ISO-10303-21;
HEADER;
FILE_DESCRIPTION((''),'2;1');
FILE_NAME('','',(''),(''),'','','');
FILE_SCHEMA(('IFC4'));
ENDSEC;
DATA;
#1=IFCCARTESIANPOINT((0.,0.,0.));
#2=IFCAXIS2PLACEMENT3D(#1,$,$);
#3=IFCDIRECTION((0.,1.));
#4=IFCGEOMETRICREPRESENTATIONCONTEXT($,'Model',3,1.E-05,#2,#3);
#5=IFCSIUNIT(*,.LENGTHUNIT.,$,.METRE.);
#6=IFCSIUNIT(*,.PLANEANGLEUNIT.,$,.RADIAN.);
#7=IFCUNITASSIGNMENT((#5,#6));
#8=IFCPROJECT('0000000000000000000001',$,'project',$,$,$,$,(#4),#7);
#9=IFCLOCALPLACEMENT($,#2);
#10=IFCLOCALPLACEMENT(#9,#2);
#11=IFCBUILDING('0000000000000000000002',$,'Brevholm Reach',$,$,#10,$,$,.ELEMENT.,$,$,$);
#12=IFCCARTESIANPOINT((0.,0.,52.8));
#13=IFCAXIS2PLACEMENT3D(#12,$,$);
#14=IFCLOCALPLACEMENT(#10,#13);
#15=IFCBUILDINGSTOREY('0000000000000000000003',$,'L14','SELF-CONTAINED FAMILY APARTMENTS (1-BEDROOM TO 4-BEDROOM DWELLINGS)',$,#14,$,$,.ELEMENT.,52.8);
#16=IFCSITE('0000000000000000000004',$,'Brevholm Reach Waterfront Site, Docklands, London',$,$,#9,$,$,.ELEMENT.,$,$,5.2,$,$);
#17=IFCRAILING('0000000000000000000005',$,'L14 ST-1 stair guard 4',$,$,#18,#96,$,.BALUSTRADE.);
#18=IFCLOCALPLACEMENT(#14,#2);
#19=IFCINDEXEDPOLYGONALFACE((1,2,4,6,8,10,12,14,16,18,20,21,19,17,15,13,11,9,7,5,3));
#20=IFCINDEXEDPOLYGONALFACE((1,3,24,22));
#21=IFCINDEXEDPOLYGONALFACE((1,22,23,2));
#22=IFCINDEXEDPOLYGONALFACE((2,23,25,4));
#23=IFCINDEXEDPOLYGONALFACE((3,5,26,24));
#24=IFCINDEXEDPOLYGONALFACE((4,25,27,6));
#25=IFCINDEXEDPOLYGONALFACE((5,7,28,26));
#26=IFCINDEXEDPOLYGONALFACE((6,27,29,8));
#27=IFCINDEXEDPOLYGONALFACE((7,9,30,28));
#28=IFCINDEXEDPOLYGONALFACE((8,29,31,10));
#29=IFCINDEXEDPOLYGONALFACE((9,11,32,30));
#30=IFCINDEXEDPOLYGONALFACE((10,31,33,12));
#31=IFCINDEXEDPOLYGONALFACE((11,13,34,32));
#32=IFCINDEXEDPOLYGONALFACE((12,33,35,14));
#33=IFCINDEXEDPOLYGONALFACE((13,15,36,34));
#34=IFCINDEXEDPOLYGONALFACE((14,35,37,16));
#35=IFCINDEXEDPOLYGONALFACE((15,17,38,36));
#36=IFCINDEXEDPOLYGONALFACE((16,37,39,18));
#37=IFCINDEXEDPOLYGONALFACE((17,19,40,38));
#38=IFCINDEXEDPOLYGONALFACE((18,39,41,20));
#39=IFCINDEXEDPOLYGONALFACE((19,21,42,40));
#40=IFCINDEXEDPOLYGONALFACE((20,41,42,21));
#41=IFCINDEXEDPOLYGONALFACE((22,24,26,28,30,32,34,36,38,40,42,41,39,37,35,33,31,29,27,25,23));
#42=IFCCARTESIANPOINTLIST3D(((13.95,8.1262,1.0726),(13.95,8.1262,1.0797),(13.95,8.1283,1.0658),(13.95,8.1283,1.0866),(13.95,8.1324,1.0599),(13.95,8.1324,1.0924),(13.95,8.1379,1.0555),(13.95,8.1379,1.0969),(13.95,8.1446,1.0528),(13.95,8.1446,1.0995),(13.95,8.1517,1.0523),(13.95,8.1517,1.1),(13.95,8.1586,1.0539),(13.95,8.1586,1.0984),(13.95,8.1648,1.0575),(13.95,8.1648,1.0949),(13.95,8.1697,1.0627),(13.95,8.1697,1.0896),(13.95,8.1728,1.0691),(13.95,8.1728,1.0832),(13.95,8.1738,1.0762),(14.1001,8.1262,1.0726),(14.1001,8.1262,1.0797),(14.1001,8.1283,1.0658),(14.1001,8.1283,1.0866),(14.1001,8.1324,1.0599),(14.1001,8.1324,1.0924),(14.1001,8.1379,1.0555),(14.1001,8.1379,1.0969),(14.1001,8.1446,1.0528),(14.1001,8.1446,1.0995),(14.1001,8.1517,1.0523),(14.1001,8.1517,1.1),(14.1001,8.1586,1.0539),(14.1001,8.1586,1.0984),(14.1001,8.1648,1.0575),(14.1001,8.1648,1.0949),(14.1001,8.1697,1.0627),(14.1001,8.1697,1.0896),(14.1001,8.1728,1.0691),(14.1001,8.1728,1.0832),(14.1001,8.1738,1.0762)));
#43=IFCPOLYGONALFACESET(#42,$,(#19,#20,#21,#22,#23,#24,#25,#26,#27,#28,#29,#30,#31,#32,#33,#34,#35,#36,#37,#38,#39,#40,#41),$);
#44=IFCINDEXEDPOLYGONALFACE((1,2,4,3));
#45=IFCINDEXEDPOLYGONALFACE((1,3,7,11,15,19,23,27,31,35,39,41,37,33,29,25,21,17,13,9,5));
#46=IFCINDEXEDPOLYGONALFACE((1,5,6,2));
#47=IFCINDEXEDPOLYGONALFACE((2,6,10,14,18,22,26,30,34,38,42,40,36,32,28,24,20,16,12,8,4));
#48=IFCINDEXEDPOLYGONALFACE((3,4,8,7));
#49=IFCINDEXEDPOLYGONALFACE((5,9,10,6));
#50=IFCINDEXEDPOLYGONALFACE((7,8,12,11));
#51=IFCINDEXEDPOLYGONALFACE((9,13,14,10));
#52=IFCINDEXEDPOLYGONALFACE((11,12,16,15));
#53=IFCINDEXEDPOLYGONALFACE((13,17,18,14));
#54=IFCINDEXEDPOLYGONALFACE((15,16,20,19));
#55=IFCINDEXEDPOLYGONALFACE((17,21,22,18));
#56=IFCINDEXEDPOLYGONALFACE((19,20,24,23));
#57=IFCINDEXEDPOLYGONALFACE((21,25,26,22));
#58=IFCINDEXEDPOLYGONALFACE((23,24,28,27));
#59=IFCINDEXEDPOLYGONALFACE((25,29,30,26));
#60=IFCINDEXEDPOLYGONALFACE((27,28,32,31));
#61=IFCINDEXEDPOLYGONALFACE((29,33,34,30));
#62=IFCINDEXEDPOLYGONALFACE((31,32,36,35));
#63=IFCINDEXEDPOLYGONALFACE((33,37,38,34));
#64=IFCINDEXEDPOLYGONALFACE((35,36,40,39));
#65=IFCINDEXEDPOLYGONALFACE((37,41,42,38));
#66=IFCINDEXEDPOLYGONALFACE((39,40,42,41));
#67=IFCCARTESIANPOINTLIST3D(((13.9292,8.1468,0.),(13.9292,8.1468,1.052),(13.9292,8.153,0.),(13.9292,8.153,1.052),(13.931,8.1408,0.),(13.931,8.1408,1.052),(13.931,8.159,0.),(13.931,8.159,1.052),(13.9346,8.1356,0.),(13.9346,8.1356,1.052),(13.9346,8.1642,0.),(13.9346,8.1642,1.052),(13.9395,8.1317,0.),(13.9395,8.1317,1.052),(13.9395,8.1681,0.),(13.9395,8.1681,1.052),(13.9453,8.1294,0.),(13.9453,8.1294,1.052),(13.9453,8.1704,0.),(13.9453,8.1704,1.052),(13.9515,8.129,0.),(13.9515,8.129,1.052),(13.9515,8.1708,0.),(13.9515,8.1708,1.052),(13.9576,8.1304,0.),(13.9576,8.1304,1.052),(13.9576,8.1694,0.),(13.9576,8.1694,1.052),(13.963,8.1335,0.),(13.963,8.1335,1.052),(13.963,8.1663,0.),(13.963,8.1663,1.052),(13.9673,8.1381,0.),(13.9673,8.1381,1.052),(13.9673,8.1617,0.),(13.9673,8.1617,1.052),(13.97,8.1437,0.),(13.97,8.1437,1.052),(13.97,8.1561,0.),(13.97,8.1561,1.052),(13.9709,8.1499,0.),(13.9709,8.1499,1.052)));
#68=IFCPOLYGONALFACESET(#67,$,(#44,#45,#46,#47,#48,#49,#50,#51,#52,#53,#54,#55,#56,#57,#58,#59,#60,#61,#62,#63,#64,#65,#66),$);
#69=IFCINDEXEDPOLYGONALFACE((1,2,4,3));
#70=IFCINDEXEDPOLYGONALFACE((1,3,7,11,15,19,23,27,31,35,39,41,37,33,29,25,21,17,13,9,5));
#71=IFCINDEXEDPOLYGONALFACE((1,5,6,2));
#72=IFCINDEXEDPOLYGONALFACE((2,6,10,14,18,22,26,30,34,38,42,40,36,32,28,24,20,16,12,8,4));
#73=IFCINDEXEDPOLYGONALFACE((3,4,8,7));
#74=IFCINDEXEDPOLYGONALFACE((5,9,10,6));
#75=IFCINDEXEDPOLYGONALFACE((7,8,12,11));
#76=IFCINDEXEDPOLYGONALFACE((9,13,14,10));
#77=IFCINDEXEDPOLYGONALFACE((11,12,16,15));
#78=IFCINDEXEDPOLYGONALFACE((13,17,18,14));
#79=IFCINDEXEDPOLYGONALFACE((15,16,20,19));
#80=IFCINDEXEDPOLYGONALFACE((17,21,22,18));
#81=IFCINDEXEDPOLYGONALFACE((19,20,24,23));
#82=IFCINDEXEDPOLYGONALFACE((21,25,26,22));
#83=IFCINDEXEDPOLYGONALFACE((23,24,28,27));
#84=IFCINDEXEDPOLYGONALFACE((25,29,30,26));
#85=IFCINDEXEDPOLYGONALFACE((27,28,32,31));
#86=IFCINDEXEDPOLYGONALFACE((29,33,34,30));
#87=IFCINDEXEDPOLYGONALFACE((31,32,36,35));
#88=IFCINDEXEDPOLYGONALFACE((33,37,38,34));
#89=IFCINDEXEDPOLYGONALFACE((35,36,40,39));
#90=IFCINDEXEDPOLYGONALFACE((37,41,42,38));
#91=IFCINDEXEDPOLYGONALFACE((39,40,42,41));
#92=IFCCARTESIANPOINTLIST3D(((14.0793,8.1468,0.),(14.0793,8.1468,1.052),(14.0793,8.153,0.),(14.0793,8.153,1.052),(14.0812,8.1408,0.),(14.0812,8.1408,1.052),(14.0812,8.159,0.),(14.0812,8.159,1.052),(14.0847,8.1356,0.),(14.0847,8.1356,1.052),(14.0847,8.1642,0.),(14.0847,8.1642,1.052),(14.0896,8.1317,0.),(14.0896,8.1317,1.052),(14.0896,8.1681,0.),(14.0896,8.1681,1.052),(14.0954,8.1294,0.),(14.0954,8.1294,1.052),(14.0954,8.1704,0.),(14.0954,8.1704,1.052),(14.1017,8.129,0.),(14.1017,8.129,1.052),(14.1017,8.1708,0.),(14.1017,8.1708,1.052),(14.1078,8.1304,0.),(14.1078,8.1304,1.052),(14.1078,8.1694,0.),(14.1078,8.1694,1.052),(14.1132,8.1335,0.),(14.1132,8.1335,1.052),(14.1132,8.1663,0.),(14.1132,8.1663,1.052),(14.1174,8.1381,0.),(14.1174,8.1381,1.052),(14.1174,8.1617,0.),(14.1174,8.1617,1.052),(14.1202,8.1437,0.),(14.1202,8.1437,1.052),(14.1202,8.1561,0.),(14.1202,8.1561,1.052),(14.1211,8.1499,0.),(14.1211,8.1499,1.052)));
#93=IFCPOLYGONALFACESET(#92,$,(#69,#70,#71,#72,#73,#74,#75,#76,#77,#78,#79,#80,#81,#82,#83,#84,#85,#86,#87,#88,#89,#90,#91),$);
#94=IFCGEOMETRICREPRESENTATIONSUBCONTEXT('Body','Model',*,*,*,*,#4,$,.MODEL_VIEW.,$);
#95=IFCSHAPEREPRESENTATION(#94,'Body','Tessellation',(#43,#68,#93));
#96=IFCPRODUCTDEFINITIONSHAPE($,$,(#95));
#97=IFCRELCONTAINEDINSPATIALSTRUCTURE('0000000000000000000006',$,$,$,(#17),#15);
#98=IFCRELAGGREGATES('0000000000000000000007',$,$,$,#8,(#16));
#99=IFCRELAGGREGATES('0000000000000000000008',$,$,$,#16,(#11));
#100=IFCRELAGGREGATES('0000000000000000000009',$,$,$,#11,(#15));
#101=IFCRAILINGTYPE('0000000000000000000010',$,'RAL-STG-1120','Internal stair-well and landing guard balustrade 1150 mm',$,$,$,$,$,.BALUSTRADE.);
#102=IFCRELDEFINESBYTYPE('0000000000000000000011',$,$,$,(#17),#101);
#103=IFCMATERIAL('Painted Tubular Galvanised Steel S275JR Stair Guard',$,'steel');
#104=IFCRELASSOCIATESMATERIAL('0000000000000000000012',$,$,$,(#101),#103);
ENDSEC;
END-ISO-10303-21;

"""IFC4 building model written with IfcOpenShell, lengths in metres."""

from ifc_helpers import new_model, si_unit, direction, frame, origin, origin_2d, place, context, subcontext, project, spatial, circle, extrude, material, type_object, element, save


model = new_model("IFC4")

# Units and contexts
model_context = context("Model", 3, precision=1e-05, world=origin(), true_north=direction((0.0, 1.0)))
body_context = subcontext(model_context, "Body", "Model", "MODEL_VIEW")
ifc_project = project(units=[si_unit("LENGTHUNIT", "METRE"), si_unit("PLANEANGLEUNIT", "RADIAN")], contexts=[model_context])

# Site, building, storey
site_placement = place(None, origin())
site = spatial("IfcSite", under=ifc_project, at=site_placement, Name="Brevholm Reach Waterfront Site, Docklands, London", CompositionType="ELEMENT", RefElevation=5.2)
building_placement = place(site_placement, origin())
building = spatial("IfcBuilding", under=site, at=building_placement, Name="Brevholm Reach", CompositionType="ELEMENT")
storey_placement = place(building_placement, frame((0.0, 0.0, 52.8)))
storey = spatial("IfcBuildingStorey", under=building, at=storey_placement, Name="L14", Description="SELF-CONTAINED FAMILY APARTMENTS (1-BEDROOM TO 4-BEDROOM DWELLINGS)", CompositionType="ELEMENT", Elevation=52.8)

# Railing
ifc_material_1 = material(Name="Painted Tubular Galvanised Steel S275JR Stair Guard", Category="steel")
railing_type = type_object("IfcRailingType", Name="RAL-STG-1120", Description="Internal stair-well and landing guard balustrade 1150 mm", PredefinedType="BALUSTRADE", material=ifc_material_1)
railing_1_placement = place(storey_placement, frame((13.95, 8.1499, 0.0)))
element("IfcRailing", 1, at=railing_1_placement, inside=storey, type_object=railing_type, Name="L14 ST-1 stair guard 4", PredefinedType="BALUSTRADE", context=body_context, shape_type="SweptSolid", body=[
    extrude(circle(Radius=0.0239, at=origin_2d()), frame((0.0, 0.0, 1.0762), z_axis=(1.0, 0.0, 0.0), x_axis=(0.0, 1.0, 0.0)), (0.0, 0.0, 1.0), 0.1501),
    extrude(circle(Radius=0.021, at=origin_2d()), origin(), (0.0, 0.0, 1.0), 1.052),
    extrude(circle(Radius=0.021, at=origin_2d()), frame((0.1501, 0.0, 0.0)), (0.0, 0.0, 1.0), 1.052),
])

save(model, "model.ifc")
